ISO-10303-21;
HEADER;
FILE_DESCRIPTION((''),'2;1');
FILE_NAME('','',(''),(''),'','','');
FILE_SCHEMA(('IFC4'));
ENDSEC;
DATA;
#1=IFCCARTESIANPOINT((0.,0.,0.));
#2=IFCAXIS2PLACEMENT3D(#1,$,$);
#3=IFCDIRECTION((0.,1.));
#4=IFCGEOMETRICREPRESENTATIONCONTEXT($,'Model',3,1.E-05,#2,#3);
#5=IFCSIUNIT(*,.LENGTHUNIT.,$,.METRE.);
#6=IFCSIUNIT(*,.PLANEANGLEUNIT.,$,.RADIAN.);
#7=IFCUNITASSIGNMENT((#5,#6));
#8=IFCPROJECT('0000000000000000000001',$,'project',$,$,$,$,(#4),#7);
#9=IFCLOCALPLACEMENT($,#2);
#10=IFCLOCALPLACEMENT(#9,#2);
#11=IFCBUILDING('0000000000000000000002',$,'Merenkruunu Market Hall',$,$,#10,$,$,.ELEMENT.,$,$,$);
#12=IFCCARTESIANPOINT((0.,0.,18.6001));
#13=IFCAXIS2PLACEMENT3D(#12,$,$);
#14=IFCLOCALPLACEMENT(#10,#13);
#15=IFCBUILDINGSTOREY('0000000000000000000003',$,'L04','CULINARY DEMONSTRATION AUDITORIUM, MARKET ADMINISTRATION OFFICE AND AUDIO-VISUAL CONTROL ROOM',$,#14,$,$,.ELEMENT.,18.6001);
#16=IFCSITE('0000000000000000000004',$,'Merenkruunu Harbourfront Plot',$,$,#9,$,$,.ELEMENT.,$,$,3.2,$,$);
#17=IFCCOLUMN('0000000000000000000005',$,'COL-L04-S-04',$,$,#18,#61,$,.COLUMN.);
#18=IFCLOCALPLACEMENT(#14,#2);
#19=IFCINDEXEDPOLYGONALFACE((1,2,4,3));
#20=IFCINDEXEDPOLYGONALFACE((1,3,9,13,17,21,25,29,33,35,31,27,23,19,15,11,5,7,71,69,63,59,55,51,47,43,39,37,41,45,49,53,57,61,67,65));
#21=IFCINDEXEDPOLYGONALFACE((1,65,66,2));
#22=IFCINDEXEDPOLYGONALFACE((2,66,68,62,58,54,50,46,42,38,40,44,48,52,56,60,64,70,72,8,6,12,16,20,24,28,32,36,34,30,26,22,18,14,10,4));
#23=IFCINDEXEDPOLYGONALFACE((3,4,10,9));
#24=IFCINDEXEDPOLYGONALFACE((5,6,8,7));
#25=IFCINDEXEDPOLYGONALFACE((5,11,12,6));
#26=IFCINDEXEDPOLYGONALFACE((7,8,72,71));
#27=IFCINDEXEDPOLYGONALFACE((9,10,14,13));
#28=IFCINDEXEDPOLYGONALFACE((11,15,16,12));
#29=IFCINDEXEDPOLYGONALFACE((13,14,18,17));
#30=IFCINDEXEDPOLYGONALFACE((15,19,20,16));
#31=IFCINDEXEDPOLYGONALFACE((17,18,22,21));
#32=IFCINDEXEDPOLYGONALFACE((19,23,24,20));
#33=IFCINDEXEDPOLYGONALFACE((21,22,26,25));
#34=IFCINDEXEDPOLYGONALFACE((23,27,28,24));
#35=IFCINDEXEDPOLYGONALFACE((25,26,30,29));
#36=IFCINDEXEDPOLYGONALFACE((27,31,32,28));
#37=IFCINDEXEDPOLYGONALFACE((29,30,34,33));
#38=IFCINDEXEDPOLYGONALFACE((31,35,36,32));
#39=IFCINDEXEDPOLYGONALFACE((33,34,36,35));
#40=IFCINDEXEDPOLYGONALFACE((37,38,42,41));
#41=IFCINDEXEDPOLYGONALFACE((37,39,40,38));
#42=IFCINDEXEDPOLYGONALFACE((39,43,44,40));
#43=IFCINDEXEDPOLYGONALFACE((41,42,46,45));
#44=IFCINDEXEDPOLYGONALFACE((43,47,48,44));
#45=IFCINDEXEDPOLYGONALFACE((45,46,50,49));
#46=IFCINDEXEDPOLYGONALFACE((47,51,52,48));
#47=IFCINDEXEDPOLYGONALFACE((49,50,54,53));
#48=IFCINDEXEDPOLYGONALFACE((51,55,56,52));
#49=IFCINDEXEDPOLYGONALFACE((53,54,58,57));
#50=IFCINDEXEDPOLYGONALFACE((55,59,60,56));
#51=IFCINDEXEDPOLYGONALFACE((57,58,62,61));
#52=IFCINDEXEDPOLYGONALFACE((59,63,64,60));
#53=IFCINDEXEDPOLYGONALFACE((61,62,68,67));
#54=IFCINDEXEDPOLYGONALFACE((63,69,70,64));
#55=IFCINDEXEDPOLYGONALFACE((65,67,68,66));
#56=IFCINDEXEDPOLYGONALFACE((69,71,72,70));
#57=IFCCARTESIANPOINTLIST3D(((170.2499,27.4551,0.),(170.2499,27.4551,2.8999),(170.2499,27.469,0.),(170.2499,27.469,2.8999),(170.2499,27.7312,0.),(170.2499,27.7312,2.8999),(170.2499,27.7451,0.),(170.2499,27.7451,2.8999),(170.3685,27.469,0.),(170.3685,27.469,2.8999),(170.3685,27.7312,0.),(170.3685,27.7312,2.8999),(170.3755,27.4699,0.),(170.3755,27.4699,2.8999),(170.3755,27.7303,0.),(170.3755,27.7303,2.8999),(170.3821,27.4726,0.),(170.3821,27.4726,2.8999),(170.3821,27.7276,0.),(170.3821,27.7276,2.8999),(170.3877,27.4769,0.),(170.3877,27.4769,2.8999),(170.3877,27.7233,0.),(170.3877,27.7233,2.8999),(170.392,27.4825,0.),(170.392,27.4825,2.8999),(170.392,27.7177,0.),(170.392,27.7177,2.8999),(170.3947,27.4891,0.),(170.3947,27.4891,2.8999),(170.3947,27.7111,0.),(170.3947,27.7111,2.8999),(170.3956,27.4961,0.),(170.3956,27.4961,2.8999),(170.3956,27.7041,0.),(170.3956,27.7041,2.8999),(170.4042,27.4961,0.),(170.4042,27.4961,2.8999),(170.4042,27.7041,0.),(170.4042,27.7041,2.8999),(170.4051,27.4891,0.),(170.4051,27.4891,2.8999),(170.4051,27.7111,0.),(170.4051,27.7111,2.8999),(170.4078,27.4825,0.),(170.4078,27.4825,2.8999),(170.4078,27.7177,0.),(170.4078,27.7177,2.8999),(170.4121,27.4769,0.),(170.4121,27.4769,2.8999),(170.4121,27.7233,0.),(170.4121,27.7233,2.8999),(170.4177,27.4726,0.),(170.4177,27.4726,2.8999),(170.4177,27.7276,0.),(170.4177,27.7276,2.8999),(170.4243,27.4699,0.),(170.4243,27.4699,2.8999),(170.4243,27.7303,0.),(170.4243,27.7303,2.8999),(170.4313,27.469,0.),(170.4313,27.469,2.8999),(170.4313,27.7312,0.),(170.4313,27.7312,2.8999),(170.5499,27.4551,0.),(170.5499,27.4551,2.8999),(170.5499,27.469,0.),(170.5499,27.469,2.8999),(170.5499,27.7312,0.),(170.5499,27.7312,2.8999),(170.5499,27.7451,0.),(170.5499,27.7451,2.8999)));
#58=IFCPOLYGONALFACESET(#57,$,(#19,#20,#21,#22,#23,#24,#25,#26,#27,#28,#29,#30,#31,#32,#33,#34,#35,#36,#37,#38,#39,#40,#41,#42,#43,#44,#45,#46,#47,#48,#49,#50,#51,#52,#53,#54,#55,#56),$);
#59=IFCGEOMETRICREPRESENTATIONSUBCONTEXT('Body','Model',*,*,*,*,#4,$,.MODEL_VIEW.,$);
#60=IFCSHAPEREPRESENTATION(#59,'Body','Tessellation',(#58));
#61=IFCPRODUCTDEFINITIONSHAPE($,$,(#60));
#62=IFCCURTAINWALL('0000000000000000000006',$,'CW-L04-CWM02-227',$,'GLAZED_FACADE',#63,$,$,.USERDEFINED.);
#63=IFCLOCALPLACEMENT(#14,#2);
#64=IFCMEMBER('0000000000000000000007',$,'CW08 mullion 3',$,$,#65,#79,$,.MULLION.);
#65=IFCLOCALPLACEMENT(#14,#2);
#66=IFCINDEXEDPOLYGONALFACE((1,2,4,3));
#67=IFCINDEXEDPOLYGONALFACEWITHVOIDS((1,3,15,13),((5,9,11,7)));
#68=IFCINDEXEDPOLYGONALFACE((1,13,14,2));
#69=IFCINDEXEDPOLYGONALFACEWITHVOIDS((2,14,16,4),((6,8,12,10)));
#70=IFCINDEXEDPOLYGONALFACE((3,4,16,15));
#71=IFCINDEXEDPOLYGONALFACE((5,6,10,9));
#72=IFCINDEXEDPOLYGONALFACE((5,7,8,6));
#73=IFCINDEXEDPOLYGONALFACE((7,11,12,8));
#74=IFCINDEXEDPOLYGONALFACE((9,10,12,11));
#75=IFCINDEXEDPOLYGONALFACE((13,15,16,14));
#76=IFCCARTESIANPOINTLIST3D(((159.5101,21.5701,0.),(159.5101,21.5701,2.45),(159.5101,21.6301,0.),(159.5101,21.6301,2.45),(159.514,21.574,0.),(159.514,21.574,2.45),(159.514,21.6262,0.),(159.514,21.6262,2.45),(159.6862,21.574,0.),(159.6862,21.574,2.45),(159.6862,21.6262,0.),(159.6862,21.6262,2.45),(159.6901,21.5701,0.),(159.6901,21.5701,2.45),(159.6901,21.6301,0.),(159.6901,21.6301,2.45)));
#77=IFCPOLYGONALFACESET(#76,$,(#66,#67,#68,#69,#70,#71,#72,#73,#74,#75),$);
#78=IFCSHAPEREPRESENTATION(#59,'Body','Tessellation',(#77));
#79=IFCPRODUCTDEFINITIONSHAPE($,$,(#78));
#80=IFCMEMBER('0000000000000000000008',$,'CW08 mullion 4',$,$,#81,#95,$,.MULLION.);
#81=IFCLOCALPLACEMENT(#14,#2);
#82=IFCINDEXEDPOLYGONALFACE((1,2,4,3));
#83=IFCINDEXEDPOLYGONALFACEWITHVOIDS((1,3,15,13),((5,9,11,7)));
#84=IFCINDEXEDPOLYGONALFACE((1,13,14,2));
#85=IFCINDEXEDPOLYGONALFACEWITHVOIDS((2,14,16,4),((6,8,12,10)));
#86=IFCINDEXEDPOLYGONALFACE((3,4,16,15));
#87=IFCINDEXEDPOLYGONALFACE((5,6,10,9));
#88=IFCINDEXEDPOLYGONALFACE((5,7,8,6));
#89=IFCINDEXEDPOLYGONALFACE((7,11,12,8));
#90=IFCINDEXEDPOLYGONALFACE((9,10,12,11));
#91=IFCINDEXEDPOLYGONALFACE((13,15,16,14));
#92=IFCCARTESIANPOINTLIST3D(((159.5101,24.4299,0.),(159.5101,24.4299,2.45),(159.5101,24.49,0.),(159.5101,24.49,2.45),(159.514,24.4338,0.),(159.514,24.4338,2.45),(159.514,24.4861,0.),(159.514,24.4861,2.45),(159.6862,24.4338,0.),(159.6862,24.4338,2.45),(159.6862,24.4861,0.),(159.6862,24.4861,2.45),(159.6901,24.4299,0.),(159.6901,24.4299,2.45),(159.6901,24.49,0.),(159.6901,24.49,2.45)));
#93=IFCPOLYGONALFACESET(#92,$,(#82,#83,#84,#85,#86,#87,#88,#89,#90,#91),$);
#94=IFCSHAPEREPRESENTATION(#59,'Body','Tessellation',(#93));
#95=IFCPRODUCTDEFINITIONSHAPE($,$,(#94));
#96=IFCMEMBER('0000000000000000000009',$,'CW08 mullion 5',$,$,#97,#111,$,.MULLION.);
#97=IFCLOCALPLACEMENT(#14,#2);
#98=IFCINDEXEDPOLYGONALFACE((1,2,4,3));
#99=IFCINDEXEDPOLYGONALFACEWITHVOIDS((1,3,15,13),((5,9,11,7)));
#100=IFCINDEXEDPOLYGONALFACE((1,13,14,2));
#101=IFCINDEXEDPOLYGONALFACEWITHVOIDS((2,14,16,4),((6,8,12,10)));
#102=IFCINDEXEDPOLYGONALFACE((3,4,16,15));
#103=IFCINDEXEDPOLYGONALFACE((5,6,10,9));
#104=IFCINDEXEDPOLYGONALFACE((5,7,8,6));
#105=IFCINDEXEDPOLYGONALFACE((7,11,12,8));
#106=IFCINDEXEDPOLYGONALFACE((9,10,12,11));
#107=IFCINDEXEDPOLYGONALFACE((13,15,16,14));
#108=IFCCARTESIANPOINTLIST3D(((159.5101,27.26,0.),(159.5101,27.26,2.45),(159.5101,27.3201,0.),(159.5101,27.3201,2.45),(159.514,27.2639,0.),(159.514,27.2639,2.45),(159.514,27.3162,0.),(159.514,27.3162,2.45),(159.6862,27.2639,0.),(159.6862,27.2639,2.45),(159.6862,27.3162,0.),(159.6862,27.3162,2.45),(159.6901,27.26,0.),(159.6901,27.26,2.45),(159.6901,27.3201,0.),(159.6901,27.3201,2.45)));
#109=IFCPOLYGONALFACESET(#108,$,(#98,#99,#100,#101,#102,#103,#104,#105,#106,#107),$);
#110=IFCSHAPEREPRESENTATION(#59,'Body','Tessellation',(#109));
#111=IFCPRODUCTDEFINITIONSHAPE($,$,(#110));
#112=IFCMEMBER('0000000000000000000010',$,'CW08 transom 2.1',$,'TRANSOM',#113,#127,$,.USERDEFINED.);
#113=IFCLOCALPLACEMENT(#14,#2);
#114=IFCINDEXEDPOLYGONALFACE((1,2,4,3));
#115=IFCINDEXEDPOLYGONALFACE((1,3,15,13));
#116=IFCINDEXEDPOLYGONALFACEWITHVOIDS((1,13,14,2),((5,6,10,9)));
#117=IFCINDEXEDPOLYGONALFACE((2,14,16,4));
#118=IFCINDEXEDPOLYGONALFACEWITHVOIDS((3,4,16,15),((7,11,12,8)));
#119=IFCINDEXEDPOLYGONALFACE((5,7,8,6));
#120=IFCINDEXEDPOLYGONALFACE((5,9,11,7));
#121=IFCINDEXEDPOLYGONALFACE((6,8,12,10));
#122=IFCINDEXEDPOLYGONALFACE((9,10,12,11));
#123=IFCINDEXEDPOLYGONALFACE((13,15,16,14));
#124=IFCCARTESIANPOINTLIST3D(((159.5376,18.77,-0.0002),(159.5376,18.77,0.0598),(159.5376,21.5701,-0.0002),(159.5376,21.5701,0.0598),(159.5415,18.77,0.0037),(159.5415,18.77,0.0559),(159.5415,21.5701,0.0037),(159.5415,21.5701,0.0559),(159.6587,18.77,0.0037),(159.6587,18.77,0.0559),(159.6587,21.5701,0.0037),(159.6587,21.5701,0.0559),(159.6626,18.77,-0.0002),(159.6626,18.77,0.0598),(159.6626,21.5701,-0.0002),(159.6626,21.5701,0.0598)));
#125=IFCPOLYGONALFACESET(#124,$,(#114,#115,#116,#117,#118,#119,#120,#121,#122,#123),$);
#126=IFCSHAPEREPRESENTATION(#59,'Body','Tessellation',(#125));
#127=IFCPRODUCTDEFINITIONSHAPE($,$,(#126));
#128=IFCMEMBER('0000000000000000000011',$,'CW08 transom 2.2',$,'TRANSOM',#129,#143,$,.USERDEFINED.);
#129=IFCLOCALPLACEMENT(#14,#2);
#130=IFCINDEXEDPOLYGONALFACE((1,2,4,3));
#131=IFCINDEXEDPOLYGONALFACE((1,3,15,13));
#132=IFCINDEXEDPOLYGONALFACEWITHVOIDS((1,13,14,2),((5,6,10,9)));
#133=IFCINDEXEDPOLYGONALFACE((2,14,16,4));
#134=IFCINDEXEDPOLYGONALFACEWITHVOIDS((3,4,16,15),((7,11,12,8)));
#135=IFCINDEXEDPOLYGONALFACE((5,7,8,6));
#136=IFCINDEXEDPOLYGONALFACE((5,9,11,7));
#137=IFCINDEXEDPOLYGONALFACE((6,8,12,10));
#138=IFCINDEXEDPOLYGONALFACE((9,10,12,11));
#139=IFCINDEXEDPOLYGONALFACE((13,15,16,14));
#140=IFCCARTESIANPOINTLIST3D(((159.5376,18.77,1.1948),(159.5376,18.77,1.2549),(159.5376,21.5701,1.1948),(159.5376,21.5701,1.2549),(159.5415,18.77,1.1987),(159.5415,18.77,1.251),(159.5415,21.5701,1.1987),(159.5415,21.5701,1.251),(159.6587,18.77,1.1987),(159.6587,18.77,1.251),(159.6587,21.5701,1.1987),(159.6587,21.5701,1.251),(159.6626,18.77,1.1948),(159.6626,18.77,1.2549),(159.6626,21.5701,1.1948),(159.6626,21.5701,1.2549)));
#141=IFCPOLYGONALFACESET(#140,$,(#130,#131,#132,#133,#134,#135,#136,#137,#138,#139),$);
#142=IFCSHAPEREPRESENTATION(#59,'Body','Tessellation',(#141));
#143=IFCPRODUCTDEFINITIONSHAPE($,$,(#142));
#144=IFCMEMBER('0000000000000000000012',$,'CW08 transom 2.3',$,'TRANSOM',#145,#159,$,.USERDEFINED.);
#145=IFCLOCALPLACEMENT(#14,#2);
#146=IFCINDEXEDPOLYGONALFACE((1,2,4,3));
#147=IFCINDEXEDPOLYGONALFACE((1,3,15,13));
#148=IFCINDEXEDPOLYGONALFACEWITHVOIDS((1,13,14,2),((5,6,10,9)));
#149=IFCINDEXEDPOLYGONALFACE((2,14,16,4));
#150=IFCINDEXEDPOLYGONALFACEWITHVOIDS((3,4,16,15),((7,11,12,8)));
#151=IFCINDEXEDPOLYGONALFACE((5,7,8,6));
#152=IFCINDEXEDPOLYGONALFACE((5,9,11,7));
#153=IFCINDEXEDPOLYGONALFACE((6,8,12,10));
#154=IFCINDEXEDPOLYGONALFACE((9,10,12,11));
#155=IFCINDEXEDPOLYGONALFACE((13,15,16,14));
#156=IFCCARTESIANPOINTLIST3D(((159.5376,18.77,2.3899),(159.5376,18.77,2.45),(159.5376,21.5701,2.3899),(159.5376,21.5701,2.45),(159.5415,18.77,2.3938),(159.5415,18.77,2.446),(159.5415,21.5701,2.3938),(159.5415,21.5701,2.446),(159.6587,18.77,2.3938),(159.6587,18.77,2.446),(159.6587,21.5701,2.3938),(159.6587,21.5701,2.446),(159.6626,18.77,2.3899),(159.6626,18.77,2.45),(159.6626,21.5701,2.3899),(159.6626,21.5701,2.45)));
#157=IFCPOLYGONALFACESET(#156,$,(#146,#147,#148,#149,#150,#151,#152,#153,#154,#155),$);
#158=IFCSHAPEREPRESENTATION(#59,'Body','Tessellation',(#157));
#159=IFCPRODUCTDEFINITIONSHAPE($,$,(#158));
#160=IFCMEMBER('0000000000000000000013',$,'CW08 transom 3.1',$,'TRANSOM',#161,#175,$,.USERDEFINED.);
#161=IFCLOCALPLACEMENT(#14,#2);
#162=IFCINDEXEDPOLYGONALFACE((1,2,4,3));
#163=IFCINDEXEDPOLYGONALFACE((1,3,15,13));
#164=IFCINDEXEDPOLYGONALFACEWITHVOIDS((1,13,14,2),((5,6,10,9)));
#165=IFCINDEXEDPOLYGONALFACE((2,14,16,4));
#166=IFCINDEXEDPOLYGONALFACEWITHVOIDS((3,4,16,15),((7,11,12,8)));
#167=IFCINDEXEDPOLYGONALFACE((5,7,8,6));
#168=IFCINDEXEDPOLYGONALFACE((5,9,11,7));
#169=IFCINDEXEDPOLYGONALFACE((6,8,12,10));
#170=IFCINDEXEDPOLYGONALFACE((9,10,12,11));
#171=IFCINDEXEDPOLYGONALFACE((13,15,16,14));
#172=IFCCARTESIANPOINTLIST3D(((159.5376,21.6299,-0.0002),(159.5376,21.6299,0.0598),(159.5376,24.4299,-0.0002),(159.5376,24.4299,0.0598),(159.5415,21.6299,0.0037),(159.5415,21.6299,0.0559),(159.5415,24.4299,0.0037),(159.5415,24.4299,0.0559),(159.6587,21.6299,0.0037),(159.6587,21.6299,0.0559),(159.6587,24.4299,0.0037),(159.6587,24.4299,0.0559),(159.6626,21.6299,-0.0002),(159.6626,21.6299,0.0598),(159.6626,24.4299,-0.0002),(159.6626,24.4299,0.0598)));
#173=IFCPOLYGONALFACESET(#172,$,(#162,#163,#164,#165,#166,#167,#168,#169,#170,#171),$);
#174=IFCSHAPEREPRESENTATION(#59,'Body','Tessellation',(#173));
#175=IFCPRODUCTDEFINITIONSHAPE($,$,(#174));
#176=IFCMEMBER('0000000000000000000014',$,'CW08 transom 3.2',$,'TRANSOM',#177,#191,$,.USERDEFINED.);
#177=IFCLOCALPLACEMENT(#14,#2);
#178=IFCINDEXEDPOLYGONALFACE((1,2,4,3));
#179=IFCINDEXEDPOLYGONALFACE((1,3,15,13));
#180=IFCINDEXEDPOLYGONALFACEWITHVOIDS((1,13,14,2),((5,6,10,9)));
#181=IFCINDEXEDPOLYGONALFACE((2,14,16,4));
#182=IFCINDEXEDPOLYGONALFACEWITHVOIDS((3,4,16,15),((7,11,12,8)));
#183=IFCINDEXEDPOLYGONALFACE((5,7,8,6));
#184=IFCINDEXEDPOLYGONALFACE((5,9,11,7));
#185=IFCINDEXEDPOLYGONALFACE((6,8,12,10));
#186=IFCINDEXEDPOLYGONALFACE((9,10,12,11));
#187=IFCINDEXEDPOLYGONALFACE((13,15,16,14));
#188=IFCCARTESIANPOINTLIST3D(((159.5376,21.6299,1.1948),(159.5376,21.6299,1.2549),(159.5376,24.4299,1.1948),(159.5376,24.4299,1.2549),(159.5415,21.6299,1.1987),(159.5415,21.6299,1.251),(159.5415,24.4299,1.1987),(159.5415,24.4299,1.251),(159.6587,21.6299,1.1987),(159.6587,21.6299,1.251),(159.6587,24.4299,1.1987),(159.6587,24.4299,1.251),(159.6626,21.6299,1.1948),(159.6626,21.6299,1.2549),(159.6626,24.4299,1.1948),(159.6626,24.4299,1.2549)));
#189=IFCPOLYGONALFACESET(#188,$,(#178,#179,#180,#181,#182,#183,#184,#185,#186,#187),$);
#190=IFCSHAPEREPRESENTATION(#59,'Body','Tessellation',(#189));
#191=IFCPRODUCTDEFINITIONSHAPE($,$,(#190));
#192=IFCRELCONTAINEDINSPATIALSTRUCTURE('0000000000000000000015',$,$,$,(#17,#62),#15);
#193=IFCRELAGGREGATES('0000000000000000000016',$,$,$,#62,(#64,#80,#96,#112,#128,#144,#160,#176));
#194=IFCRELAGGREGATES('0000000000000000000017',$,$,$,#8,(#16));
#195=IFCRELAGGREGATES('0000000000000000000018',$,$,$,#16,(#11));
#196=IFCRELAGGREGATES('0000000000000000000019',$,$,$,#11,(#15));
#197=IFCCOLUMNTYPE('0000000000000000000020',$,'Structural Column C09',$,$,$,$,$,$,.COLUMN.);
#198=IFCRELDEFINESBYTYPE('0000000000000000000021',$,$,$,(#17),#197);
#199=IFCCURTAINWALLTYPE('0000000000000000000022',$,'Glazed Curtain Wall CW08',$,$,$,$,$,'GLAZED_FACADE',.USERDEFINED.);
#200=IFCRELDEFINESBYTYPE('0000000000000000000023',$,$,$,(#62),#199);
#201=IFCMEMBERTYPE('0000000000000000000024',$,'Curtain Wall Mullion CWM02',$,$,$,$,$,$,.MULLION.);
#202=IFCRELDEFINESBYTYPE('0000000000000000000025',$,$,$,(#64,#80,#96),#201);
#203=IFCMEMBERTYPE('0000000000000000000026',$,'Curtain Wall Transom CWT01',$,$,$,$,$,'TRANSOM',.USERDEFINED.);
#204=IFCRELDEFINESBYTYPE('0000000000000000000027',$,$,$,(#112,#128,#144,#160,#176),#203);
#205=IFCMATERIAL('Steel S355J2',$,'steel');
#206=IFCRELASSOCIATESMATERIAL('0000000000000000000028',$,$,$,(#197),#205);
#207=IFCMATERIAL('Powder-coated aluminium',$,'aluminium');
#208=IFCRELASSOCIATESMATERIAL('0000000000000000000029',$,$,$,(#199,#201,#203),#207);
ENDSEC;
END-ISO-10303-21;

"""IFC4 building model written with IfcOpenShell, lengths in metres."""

from ifc_helpers import new_model, si_unit, direction, frame, origin, origin_2d, place, context, subcontext, project, spatial, hollow_rectangle, i_section, extrude, material, material_profile, profile_set, type_object, element, aggregate, save


model = new_model("IFC4")

# Units and contexts
model_context = context("Model", 3, precision=1e-05, world=origin(), true_north=direction((0.0, 1.0)))
body_context = subcontext(model_context, "Body", "Model", "MODEL_VIEW")
ifc_project = project(units=[si_unit("LENGTHUNIT", "METRE"), si_unit("PLANEANGLEUNIT", "RADIAN")], contexts=[model_context])

# Site, building, storey
site_placement = place(None, origin())
site = spatial("IfcSite", under=ifc_project, at=site_placement, Name="Merenkruunu Harbourfront Plot", CompositionType="ELEMENT", RefElevation=3.2)
building_placement = place(site_placement, origin())
building = spatial("IfcBuilding", under=site, at=building_placement, Name="Merenkruunu Market Hall", CompositionType="ELEMENT")
storey_placement = place(building_placement, frame((0.0, 0.0, 18.6001)))
storey = spatial("IfcBuildingStorey", under=building, at=storey_placement, Name="L04", Description="CULINARY DEMONSTRATION AUDITORIUM, MARKET ADMINISTRATION OFFICE AND AUDIO-VISUAL CONTROL ROOM", CompositionType="ELEMENT", Elevation=18.6001)

# Column
ifc_material_1 = material(Name="Steel S355J2", Category="steel")
ifc_material_profile_1 = material_profile(ifc_material_1, i_section(OverallWidth=0.3, OverallDepth=0.29, WebThickness=0.0085, FlangeThickness=0.0139, FilletRadius=0.0271, at=origin_2d()), Name="HEA 300")
ifc_profile_set_1 = profile_set([ifc_material_profile_1], Name="Steel S355J2")
column_type = type_object("IfcColumnType", Name="Structural Column C09", PredefinedType="COLUMN", material=ifc_profile_set_1)
column_placement = place(storey_placement, frame((170.3999, 27.6001, 0.0), z_axis=(0.0, 0.0, 1.0), x_axis=(1.0, 0.0, 0.0)))
element("IfcColumn", 1, at=column_placement, inside=storey, type_object=column_type, Name="COL-L04-S-04", PredefinedType="COLUMN", context=body_context, shape_type="SweptSolid", body=[
    extrude(i_section(OverallWidth=0.3, OverallDepth=0.29, WebThickness=0.0085, FlangeThickness=0.0139, FilletRadius=0.0271, at=origin_2d()), origin(), (0.0, 0.0, 1.0), 2.8999),
])

# Curtain wall, members
ifc_material_2 = material(Name="Powder-coated aluminium", Category="aluminium")
curtain_wall_type = type_object("IfcCurtainWallType", Name="Glazed Curtain Wall CW08", ElementType="GLAZED_FACADE", PredefinedType="USERDEFINED", material=ifc_material_2)
curtain_wall_placement = place(storey_placement, origin())
curtain_wall = element("IfcCurtainWall", 2, at=curtain_wall_placement, inside=storey, type_object=curtain_wall_type, Name="CW-L04-CWM02-227", ObjectType="GLAZED_FACADE", PredefinedType="USERDEFINED")
ifc_material_profile_2 = material_profile(ifc_material_2, hollow_rectangle(XDim=0.0601, YDim=0.1799, WallThickness=0.0039, at=origin_2d()), Name="ALU 60x180x4")
ifc_profile_set_2 = profile_set([ifc_material_profile_2], Name="Powder-coated aluminium")
member_type_1 = type_object("IfcMemberType", Name="Curtain Wall Mullion CWM02", PredefinedType="MULLION", material=ifc_profile_set_2)
member_1_placement = place(storey_placement, frame((159.6001, 21.6001, 0.0), z_axis=(0.0, 0.0, 1.0), x_axis=(0.0, 1.0, 0.0)))
member_1 = element("IfcMember", 3, at=member_1_placement, type_object=member_type_1, Name="CW08 mullion 3", PredefinedType="MULLION", context=body_context, shape_type="SweptSolid", body=[
    extrude(hollow_rectangle(XDim=0.0601, YDim=0.1799, WallThickness=0.0039, at=origin_2d()), origin(), (0.0, 0.0, 1.0), 2.45),
])
member_2_placement = place(storey_placement, frame((159.6001, 24.46, 0.0), z_axis=(0.0, 0.0, 1.0), x_axis=(0.0, 1.0, 0.0)))
member_2 = element("IfcMember", 4, at=member_2_placement, type_object=member_type_1, Name="CW08 mullion 4", PredefinedType="MULLION", context=body_context, shape_type="SweptSolid", body=[
    extrude(hollow_rectangle(XDim=0.0601, YDim=0.1799, WallThickness=0.0039, at=origin_2d()), origin(), (0.0, 0.0, 1.0), 2.45),
])
member_3_placement = place(storey_placement, frame((159.6001, 27.29, 0.0), z_axis=(0.0, 0.0, 1.0), x_axis=(0.0, 1.0, 0.0)))
member_3 = element("IfcMember", 5, at=member_3_placement, type_object=member_type_1, Name="CW08 mullion 5", PredefinedType="MULLION", context=body_context, shape_type="SweptSolid", body=[
    extrude(hollow_rectangle(XDim=0.0601, YDim=0.1799, WallThickness=0.0039, at=origin_2d()), origin(), (0.0, 0.0, 1.0), 2.45),
])
ifc_material_profile_3 = material_profile(ifc_material_2, hollow_rectangle(XDim=0.0601, YDim=0.125, WallThickness=0.0039, at=origin_2d()), Name="ALU 60x125x4")
ifc_profile_set_3 = profile_set([ifc_material_profile_3], Name="Powder-coated aluminium")
member_type_2 = type_object("IfcMemberType", Name="Curtain Wall Transom CWT01", ElementType="TRANSOM", PredefinedType="USERDEFINED", material=ifc_profile_set_3)
member_4_placement = place(storey_placement, frame((159.6001, 18.77, 0.0298), z_axis=(0.0, 1.0, 0.0), x_axis=(0.0, 0.0, 1.0)))
member_4 = element("IfcMember", 6, at=member_4_placement, type_object=member_type_2, Name="CW08 transom 2.1", ObjectType="TRANSOM", PredefinedType="USERDEFINED", context=body_context, shape_type="SweptSolid", body=[
    extrude(hollow_rectangle(XDim=0.0601, YDim=0.125, WallThickness=0.0039, at=origin_2d()), origin(), (0.0, 0.0, 1.0), 2.8),
])
member_5_placement = place(storey_placement, frame((159.6001, 18.77, 1.2249), z_axis=(0.0, 1.0, 0.0), x_axis=(0.0, 0.0, 1.0)))
member_5 = element("IfcMember", 7, at=member_5_placement, type_object=member_type_2, Name="CW08 transom 2.2", ObjectType="TRANSOM", PredefinedType="USERDEFINED", context=body_context, shape_type="SweptSolid", body=[
    extrude(hollow_rectangle(XDim=0.0601, YDim=0.125, WallThickness=0.0039, at=origin_2d()), origin(), (0.0, 0.0, 1.0), 2.8),
])
member_6_placement = place(storey_placement, frame((159.6001, 18.77, 2.4199), z_axis=(0.0, 1.0, 0.0), x_axis=(0.0, 0.0, 1.0)))
member_6 = element("IfcMember", 8, at=member_6_placement, type_object=member_type_2, Name="CW08 transom 2.3", ObjectType="TRANSOM", PredefinedType="USERDEFINED", context=body_context, shape_type="SweptSolid", body=[
    extrude(hollow_rectangle(XDim=0.0601, YDim=0.125, WallThickness=0.0039, at=origin_2d()), origin(), (0.0, 0.0, 1.0), 2.8),
])
member_7_placement = place(storey_placement, frame((159.6001, 21.6299, 0.0298), z_axis=(0.0, 1.0, 0.0), x_axis=(0.0, 0.0, 1.0)))
member_7 = element("IfcMember", 9, at=member_7_placement, type_object=member_type_2, Name="CW08 transom 3.1", ObjectType="TRANSOM", PredefinedType="USERDEFINED", context=body_context, shape_type="SweptSolid", body=[
    extrude(hollow_rectangle(XDim=0.0601, YDim=0.125, WallThickness=0.0039, at=origin_2d()), origin(), (0.0, 0.0, 1.0), 2.8),
])
member_8_placement = place(storey_placement, frame((159.6001, 21.6299, 1.2249), z_axis=(0.0, 1.0, 0.0), x_axis=(0.0, 0.0, 1.0)))
member_8 = element("IfcMember", 10, at=member_8_placement, type_object=member_type_2, Name="CW08 transom 3.2", ObjectType="TRANSOM", PredefinedType="USERDEFINED", context=body_context, shape_type="SweptSolid", body=[
    extrude(hollow_rectangle(XDim=0.0601, YDim=0.125, WallThickness=0.0039, at=origin_2d()), origin(), (0.0, 0.0, 1.0), 2.8),
])

aggregate(curtain_wall, [member_1, member_2, member_3, member_4, member_5, member_6, member_7, member_8])

save(model, "model.ifc")
